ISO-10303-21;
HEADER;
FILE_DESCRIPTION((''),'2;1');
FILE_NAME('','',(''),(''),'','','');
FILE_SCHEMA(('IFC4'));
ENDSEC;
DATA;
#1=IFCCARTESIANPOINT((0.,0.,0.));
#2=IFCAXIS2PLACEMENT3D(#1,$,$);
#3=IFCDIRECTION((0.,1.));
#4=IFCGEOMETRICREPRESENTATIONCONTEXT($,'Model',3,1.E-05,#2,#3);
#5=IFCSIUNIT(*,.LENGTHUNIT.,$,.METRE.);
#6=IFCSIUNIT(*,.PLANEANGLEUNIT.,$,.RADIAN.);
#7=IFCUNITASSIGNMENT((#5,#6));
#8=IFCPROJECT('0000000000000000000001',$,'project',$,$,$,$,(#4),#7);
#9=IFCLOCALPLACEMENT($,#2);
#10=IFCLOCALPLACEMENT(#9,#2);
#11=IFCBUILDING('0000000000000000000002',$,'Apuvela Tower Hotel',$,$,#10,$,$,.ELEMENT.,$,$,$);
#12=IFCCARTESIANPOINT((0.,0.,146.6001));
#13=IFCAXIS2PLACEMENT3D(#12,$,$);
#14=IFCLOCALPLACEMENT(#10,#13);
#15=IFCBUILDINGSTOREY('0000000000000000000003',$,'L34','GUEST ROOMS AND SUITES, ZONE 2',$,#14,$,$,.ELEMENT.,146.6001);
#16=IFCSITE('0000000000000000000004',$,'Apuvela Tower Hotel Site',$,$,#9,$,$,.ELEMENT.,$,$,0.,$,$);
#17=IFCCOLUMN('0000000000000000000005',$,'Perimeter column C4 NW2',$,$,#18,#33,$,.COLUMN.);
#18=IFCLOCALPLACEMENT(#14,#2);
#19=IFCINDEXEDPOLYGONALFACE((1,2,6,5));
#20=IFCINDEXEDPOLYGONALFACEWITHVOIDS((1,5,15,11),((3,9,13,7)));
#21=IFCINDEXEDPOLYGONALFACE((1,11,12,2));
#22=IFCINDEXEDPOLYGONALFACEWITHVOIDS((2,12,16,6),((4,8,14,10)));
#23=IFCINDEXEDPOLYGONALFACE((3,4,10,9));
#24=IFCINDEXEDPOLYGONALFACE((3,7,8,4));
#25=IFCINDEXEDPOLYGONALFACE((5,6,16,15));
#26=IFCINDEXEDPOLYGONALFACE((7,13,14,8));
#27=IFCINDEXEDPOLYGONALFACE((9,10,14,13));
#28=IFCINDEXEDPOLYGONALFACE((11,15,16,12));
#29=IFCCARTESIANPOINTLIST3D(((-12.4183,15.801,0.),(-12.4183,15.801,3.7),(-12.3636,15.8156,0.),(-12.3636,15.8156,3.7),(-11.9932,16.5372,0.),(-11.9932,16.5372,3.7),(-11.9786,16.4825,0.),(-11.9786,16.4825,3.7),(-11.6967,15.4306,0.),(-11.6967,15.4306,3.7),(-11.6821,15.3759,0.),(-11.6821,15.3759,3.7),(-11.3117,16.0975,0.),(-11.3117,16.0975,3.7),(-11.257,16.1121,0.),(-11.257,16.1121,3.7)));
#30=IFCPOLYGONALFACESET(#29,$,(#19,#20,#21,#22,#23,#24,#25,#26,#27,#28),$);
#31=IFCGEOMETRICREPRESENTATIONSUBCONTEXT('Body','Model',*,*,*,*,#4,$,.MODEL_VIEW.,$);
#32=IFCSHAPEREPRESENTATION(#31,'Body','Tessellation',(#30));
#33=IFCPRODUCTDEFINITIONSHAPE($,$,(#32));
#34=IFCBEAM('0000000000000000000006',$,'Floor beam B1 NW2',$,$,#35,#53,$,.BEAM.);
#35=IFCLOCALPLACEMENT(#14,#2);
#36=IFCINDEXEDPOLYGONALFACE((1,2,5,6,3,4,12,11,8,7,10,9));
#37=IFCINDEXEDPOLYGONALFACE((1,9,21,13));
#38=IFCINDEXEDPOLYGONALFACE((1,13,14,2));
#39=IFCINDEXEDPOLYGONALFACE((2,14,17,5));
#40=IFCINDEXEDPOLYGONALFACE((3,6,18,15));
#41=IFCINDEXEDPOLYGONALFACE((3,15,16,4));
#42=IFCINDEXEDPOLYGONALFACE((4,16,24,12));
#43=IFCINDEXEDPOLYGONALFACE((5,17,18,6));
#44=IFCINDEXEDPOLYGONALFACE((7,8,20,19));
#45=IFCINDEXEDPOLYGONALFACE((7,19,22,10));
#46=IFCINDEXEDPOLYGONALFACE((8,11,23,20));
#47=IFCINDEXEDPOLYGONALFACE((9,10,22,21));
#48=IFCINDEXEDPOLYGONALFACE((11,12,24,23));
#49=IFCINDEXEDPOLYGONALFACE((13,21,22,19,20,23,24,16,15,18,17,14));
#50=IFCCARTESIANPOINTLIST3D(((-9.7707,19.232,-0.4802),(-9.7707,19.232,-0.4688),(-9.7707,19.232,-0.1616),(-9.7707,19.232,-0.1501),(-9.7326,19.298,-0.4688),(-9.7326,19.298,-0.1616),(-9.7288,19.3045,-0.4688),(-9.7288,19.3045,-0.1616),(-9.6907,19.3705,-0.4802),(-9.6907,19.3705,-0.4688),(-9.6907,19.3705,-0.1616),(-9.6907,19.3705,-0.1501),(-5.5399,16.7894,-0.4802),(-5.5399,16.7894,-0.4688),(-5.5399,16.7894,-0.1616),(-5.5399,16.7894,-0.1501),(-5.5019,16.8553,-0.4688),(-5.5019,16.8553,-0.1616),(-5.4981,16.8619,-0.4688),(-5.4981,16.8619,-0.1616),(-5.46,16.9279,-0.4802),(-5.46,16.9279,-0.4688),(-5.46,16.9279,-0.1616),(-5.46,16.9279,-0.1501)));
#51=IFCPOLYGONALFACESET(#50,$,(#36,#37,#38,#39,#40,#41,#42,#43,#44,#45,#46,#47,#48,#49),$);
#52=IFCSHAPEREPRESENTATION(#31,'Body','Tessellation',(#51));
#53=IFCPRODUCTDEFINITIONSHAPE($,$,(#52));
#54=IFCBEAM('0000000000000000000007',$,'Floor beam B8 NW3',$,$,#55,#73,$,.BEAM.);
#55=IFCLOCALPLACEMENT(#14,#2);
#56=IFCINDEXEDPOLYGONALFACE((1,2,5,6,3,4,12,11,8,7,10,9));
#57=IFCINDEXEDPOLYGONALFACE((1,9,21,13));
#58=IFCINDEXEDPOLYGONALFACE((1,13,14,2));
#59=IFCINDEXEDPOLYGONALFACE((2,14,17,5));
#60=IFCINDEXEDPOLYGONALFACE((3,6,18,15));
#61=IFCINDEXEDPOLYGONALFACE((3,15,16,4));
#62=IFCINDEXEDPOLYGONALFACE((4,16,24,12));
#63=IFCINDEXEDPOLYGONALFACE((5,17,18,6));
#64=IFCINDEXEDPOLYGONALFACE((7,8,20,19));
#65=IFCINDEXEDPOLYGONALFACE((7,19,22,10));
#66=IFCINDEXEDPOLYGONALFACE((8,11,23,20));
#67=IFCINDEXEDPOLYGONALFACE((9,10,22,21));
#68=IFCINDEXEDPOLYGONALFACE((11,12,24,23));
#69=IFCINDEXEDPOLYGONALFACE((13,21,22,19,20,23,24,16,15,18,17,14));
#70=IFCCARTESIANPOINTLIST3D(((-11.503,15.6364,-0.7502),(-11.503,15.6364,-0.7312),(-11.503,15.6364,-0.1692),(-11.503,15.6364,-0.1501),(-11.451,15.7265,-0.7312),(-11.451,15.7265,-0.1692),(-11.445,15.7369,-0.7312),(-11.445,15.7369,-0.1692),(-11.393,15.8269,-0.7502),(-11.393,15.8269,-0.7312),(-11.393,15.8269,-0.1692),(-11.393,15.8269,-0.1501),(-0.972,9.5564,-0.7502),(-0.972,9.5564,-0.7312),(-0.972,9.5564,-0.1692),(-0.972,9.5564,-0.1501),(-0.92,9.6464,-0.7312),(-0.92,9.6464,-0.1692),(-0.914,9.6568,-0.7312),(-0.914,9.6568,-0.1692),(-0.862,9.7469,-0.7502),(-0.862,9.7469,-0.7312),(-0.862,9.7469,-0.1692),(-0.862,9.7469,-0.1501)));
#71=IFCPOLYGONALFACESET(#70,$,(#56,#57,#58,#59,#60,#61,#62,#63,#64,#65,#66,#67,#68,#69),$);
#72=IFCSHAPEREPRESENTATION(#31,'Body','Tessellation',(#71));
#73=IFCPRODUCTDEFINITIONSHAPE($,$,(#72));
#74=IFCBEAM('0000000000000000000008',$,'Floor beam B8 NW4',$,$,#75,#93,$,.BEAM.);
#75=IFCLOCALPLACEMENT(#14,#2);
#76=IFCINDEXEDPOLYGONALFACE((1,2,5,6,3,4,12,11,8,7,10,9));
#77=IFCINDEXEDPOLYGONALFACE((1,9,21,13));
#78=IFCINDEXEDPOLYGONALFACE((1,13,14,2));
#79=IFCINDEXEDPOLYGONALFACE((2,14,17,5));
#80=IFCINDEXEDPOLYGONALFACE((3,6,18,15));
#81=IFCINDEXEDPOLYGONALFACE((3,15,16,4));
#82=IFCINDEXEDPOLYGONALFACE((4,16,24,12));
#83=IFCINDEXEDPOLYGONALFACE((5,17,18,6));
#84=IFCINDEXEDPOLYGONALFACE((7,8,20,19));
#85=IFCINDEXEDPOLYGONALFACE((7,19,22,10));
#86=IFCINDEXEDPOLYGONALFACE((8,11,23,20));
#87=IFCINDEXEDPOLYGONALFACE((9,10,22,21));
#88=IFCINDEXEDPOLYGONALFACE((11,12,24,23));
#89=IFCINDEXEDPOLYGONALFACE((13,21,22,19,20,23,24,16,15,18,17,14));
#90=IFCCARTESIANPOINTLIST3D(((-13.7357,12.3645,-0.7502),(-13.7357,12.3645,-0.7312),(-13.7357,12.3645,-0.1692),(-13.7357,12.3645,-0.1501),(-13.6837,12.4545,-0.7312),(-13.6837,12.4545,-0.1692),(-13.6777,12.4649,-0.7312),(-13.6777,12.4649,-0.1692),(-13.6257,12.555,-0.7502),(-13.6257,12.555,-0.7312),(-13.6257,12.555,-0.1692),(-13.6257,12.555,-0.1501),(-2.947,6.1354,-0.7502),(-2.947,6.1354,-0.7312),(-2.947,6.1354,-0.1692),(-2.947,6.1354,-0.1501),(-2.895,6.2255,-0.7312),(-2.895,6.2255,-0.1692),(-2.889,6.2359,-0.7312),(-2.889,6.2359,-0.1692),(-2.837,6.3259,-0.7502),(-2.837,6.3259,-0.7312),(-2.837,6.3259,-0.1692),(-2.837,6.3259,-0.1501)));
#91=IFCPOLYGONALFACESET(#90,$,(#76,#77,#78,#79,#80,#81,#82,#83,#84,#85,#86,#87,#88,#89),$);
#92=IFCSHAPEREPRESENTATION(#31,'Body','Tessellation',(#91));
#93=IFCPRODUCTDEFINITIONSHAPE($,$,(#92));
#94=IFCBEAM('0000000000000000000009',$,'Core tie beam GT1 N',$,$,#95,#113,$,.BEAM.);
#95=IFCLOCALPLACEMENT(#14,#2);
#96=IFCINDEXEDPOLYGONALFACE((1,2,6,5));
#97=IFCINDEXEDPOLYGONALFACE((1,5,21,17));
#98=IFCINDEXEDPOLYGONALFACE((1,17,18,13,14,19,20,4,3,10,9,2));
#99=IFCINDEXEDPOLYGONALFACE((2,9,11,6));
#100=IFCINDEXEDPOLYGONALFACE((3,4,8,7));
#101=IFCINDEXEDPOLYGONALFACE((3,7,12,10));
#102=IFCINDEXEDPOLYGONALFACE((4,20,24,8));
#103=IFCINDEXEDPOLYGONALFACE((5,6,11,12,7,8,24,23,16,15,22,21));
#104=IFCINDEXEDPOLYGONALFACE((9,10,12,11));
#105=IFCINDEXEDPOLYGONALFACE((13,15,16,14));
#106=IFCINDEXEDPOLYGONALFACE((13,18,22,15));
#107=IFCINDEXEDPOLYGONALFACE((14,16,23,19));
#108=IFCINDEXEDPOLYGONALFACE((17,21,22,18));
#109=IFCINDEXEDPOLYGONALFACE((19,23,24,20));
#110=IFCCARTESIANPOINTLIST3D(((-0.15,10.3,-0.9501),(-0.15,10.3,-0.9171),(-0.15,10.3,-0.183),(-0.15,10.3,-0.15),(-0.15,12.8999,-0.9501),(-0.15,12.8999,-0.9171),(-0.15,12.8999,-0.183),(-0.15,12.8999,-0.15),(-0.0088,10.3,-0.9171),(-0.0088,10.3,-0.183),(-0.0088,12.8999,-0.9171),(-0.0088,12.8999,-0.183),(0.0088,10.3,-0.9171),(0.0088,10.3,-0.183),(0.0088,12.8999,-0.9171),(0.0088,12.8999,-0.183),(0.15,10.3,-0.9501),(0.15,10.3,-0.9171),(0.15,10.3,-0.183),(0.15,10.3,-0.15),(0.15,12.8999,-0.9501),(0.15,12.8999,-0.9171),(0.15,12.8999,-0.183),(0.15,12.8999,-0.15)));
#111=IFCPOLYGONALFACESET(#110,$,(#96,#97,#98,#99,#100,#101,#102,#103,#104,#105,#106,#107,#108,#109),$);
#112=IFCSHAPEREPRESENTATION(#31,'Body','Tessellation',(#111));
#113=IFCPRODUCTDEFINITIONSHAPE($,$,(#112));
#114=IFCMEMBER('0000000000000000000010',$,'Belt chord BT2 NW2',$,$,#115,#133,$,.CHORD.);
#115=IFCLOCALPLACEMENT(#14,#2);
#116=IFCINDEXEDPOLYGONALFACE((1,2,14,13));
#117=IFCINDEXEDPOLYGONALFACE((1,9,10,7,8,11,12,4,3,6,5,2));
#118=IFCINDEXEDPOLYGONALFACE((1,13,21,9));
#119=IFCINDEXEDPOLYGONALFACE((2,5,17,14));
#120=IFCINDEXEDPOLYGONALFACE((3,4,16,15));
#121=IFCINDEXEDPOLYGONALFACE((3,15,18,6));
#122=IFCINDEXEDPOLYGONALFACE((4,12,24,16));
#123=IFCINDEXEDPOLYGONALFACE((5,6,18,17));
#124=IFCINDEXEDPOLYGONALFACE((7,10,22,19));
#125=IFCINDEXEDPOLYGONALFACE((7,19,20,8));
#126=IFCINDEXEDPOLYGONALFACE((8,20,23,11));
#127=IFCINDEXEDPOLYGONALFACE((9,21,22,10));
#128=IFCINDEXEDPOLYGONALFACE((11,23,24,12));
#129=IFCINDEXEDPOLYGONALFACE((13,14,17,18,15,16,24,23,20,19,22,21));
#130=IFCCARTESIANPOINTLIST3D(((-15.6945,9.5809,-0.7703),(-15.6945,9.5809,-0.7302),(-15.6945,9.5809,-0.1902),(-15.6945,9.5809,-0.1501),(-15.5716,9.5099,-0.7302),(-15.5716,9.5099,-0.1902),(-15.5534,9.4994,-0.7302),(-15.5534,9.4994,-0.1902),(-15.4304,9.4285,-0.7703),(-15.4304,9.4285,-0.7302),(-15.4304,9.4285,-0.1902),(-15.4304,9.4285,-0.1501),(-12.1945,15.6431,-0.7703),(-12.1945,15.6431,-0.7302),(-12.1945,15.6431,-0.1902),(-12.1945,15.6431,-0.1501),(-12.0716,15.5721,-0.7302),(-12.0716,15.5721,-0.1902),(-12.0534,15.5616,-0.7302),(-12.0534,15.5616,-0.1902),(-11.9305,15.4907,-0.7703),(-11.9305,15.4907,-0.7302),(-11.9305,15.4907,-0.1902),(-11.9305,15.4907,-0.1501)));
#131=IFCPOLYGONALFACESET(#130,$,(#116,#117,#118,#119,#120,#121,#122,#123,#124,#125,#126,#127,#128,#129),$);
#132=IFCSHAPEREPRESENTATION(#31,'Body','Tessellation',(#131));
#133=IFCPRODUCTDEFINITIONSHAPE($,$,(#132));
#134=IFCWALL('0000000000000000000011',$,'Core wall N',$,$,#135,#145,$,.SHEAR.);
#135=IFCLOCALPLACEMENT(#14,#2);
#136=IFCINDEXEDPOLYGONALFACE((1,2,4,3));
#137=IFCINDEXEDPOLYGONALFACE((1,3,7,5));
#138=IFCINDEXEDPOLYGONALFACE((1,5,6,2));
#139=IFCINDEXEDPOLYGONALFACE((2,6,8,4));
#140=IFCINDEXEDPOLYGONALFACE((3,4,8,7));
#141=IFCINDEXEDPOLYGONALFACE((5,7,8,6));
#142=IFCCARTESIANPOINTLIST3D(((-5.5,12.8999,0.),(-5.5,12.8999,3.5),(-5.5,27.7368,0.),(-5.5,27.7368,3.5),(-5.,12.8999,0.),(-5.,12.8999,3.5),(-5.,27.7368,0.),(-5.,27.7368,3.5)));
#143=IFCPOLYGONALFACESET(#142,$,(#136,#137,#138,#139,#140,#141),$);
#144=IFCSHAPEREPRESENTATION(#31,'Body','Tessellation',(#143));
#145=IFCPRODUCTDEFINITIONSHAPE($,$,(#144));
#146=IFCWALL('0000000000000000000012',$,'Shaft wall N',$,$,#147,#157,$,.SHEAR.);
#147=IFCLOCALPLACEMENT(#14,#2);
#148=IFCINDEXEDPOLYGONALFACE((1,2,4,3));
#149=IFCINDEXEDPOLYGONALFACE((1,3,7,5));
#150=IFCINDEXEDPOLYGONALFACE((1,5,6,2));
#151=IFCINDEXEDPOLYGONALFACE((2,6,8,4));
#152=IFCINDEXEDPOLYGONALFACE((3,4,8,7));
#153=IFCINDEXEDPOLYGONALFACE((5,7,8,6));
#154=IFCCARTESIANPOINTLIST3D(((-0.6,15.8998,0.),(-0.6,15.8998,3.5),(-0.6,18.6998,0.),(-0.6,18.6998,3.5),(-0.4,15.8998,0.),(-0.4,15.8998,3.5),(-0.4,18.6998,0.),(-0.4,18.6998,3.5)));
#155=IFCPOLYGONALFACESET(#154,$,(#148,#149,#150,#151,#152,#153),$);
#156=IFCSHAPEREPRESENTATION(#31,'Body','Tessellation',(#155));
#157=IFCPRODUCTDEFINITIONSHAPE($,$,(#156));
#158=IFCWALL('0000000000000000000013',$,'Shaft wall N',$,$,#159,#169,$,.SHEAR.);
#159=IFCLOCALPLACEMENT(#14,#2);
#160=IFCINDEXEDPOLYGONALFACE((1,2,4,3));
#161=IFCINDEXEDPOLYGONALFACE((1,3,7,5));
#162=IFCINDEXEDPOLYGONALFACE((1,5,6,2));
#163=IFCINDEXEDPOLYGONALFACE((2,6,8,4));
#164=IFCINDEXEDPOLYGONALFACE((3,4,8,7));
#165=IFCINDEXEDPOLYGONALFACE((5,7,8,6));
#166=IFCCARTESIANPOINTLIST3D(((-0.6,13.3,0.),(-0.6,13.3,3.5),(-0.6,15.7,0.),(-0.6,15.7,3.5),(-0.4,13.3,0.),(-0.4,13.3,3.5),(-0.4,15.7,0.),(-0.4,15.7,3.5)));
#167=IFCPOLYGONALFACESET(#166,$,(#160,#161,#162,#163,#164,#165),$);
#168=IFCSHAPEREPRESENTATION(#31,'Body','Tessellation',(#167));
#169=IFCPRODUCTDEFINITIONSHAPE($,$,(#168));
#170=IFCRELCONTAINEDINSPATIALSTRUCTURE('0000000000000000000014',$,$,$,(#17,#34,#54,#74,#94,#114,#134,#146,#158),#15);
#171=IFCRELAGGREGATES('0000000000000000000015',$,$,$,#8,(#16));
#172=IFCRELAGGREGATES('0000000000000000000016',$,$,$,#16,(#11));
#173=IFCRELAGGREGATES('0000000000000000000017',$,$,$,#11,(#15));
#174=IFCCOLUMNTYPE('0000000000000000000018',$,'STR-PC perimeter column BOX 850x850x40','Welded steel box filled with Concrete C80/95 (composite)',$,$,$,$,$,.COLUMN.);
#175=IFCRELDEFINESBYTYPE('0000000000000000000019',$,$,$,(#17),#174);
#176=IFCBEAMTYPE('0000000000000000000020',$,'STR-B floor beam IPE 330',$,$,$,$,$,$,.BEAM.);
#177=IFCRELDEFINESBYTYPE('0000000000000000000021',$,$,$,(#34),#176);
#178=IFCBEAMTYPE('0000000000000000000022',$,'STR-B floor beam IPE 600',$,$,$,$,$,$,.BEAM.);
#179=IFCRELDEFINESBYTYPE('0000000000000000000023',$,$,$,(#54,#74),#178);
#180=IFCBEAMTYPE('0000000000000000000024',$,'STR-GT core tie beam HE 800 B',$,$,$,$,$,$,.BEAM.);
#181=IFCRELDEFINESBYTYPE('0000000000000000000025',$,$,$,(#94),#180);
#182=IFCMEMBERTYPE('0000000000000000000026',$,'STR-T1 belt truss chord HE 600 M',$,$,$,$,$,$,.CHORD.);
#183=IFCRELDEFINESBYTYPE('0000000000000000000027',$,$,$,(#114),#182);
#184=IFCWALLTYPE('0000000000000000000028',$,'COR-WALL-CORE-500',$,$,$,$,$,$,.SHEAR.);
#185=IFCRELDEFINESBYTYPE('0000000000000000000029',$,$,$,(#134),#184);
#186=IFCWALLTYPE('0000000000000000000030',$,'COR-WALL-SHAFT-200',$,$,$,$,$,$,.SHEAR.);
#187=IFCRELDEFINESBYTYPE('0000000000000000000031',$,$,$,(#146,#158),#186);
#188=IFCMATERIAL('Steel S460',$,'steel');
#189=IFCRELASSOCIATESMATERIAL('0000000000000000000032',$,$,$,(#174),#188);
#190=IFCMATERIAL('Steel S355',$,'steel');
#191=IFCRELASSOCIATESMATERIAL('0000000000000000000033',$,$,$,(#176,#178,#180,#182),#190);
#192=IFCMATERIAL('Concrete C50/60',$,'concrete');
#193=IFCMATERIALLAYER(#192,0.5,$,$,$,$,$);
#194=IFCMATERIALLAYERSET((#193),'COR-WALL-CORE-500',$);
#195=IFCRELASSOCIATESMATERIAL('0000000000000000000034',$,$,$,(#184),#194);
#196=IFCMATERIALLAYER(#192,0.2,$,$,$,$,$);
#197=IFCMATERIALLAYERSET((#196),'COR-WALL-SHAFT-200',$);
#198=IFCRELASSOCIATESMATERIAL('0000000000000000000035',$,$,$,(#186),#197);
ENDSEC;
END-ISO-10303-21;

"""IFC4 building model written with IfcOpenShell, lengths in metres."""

from ifc_helpers import new_model, si_unit, direction, frame, frame_2d, origin, origin_2d, place, context, subcontext, project, spatial, rectangle, hollow_rectangle, i_section, extrude, material, layer, layer_set, material_profile, profile_set, type_object, element, save


model = new_model("IFC4")

# Units and contexts
model_context = context("Model", 3, precision=1e-05, world=origin(), true_north=direction((0.0, 1.0)))
body_context = subcontext(model_context, "Body", "Model", "MODEL_VIEW")
ifc_project = project(units=[si_unit("LENGTHUNIT", "METRE"), si_unit("PLANEANGLEUNIT", "RADIAN")], contexts=[model_context])

# Site, building, storey
site_placement = place(None, origin())
site = spatial("IfcSite", under=ifc_project, at=site_placement, Name="Apuvela Tower Hotel Site", CompositionType="ELEMENT", RefElevation=0.0)
building_placement = place(site_placement, origin())
building = spatial("IfcBuilding", under=site, at=building_placement, Name="Apuvela Tower Hotel", CompositionType="ELEMENT")
storey_placement = place(building_placement, frame((0.0, 0.0, 146.6001)))
storey = spatial("IfcBuildingStorey", under=building, at=storey_placement, Name="L34", Description="GUEST ROOMS AND SUITES, ZONE 2", CompositionType="ELEMENT", Elevation=146.6001)

# Column
ifc_material_1 = material(Name="Steel S460", Category="steel")
ifc_material_profile_1 = material_profile(ifc_material_1, hollow_rectangle(XDim=0.8501, YDim=0.8501, WallThickness=0.04, at=origin_2d()), Name="BOX 850x850x40")
ifc_material_2 = material(Name="Concrete C80/95", Category="concrete")
ifc_material_profile_2 = material_profile(ifc_material_2, rectangle(XDim=0.77, YDim=0.77, at=origin_2d()), Name="Concrete C80/95 infill")
ifc_profile_set_1 = profile_set([ifc_material_profile_1, ifc_material_profile_2], Name="Steel S460")
column_type = type_object("IfcColumnType", Name="STR-PC perimeter column BOX 850x850x40", Description="Welded steel box filled with Concrete C80/95 (composite)", PredefinedType="COLUMN", material=ifc_profile_set_1)
column_placement = place(storey_placement, frame((-11.8376, 15.9565, 0.0), z_axis=(0.0, 0.0, 1.0), x_axis=(0.5, 0.866025, 0.0)))
element("IfcColumn", 1, at=column_placement, inside=storey, type_object=column_type, Name="Perimeter column C4 NW2", PredefinedType="COLUMN", context=body_context, shape_type="SweptSolid", body=[
    extrude(hollow_rectangle(XDim=0.8501, YDim=0.8501, WallThickness=0.04, at=origin_2d()), origin(), (0.0, 0.0, 1.0), 3.7),
])

# Beams
ifc_material_3 = material(Name="Steel S355", Category="steel")
ifc_material_profile_3 = material_profile(ifc_material_3, i_section(OverallWidth=0.1599, OverallDepth=0.3301, WebThickness=0.0076, FlangeThickness=0.0115, at=origin_2d()), Name="IPE 330")
ifc_profile_set_2 = profile_set([ifc_material_profile_3], Name="Steel S355")
beam_type_1 = type_object("IfcBeamType", Name="STR-B floor beam IPE 330", PredefinedType="BEAM", material=ifc_profile_set_2)
beam_1_placement = place(storey_placement, frame((-9.7307, 19.3013, -0.3152), z_axis=(0.866023, -0.500004, 0.0), x_axis=(0.500004, 0.866023, 0.0)))
element("IfcBeam", 2, at=beam_1_placement, inside=storey, type_object=beam_type_1, Name="Floor beam B1 NW2", PredefinedType="BEAM", context=body_context, shape_type="SweptSolid", body=[
    extrude(i_section(OverallWidth=0.1599, OverallDepth=0.3301, WebThickness=0.0076, FlangeThickness=0.0115, at=origin_2d()), origin(), (0.0, 0.0, 1.0), 4.8853),
])
ifc_material_profile_4 = material_profile(ifc_material_3, i_section(OverallWidth=0.22, OverallDepth=0.6001, WebThickness=0.012, FlangeThickness=0.019, at=origin_2d()), Name="IPE 600")
ifc_profile_set_3 = profile_set([ifc_material_profile_4], Name="Steel S355")
beam_type_2 = type_object("IfcBeamType", Name="STR-B floor beam IPE 600", PredefinedType="BEAM", material=ifc_profile_set_3)
beam_2_placement = place(storey_placement, frame((-11.448, 15.7317, -0.4502), z_axis=(0.866025, -0.5, 0.0), x_axis=(0.5, 0.866025, 0.0)))
element("IfcBeam", 3, at=beam_2_placement, inside=storey, type_object=beam_type_2, Name="Floor beam B8 NW3", PredefinedType="BEAM", context=body_context, shape_type="SweptSolid", body=[
    extrude(i_section(OverallWidth=0.22, OverallDepth=0.6001, WebThickness=0.012, FlangeThickness=0.019, at=origin_2d()), origin(), (0.0, 0.0, 1.0), 12.1602),
])
beam_3_placement = place(storey_placement, frame((-13.6807, 12.4597, -0.4502), z_axis=(0.866018, -0.500013, 0.0), x_axis=(0.500013, 0.866018, 0.0)))
element("IfcBeam", 4, at=beam_3_placement, inside=storey, type_object=beam_type_2, Name="Floor beam B8 NW4", PredefinedType="BEAM", context=body_context, shape_type="SweptSolid", body=[
    extrude(i_section(OverallWidth=0.22, OverallDepth=0.6001, WebThickness=0.012, FlangeThickness=0.019, at=origin_2d()), origin(), (0.0, 0.0, 1.0), 12.4578),
])
ifc_material_profile_5 = material_profile(ifc_material_3, i_section(OverallWidth=0.3, OverallDepth=0.8, WebThickness=0.0176, FlangeThickness=0.033, at=origin_2d()), Name="HE 800 B")
ifc_profile_set_4 = profile_set([ifc_material_profile_5], Name="Steel S355")
beam_type_3 = type_object("IfcBeamType", Name="STR-GT core tie beam HE 800 B", PredefinedType="BEAM", material=ifc_profile_set_4)
beam_4_placement = place(storey_placement, frame((0.0, 12.8999, -0.55), z_axis=(0.0, -1.0, 0.0), x_axis=(1.0, 0.0, 0.0)))
element("IfcBeam", 5, at=beam_4_placement, inside=storey, type_object=beam_type_3, Name="Core tie beam GT1 N", PredefinedType="BEAM", context=body_context, shape_type="SweptSolid", body=[
    extrude(i_section(OverallWidth=0.3, OverallDepth=0.8, WebThickness=0.0176, FlangeThickness=0.033, at=origin_2d()), origin(), (0.0, 0.0, 1.0), 2.5999),
])

# Member
ifc_material_profile_6 = material_profile(ifc_material_3, i_section(OverallWidth=0.3049, OverallDepth=0.6201, WebThickness=0.021, FlangeThickness=0.04, at=origin_2d()), Name="HE 600 M")
ifc_profile_set_5 = profile_set([ifc_material_profile_6], Name="Steel S355")
member_type = type_object("IfcMemberType", Name="STR-T1 belt truss chord HE 600 M", PredefinedType="CHORD", material=ifc_profile_set_5)
member_placement = place(storey_placement, frame((-12.0625, 15.5669, -0.4602), z_axis=(-0.499995, -0.866028, 0.0), x_axis=(0.866028, -0.499995, 0.0)))
element("IfcMember", 6, at=member_placement, inside=storey, type_object=member_type, Name="Belt chord BT2 NW2", PredefinedType="CHORD", context=body_context, shape_type="SweptSolid", body=[
    extrude(i_section(OverallWidth=0.3049, OverallDepth=0.6201, WebThickness=0.021, FlangeThickness=0.04, at=origin_2d()), origin(), (0.0, 0.0, 1.0), 7.0),
])

# Walls
ifc_material_4 = material(Name="Concrete C50/60", Category="concrete")
ifc_layer_1 = layer(ifc_material_4, 0.5)
ifc_layer_set_1 = layer_set([ifc_layer_1], Name="COR-WALL-CORE-500")
wall_type_1 = type_object("IfcWallType", Name="COR-WALL-CORE-500", PredefinedType="SHEAR", material=ifc_layer_set_1)
wall_1_placement = place(storey_placement, frame((-5.25, 12.8999, 0.0), z_axis=(0.0, 0.0, 1.0), x_axis=(0.0, 1.0, 0.0)))
element("IfcWall", 7, at=wall_1_placement, inside=storey, type_object=wall_type_1, Name="Core wall N", PredefinedType="SHEAR", context=body_context, shape_type="SweptSolid", body=[
    extrude(rectangle(XDim=14.8369, YDim=0.5, at=frame_2d((7.4185, 0.0))), origin(), (0.0, 0.0, 1.0), 3.5),
])
ifc_layer_2 = layer(ifc_material_4, 0.2)
ifc_layer_set_2 = layer_set([ifc_layer_2], Name="COR-WALL-SHAFT-200")
wall_type_2 = type_object("IfcWallType", Name="COR-WALL-SHAFT-200", PredefinedType="SHEAR", material=ifc_layer_set_2)
wall_2_placement = place(storey_placement, frame((-0.5, 15.8999, 0.0), z_axis=(0.0, 0.0, 1.0), x_axis=(0.0, 1.0, 0.0)))
element("IfcWall", 8, at=wall_2_placement, inside=storey, type_object=wall_type_2, Name="Shaft wall N", PredefinedType="SHEAR", context=body_context, shape_type="SweptSolid", body=[
    extrude(rectangle(XDim=2.8, YDim=0.2, at=frame_2d((1.3999, 0.0))), origin(), (0.0, 0.0, 1.0), 3.5),
])
wall_3_placement = place(storey_placement, frame((-0.5, 13.3, 0.0), z_axis=(0.0, 0.0, 1.0), x_axis=(0.0, 1.0, 0.0)))
element("IfcWall", 9, at=wall_3_placement, inside=storey, type_object=wall_type_2, Name="Shaft wall N", PredefinedType="SHEAR", context=body_context, shape_type="SweptSolid", body=[
    extrude(rectangle(XDim=2.3999, YDim=0.2, at=frame_2d((1.2, 0.0))), origin(), (0.0, 0.0, 1.0), 3.5),
])

save(model, "model.ifc")
